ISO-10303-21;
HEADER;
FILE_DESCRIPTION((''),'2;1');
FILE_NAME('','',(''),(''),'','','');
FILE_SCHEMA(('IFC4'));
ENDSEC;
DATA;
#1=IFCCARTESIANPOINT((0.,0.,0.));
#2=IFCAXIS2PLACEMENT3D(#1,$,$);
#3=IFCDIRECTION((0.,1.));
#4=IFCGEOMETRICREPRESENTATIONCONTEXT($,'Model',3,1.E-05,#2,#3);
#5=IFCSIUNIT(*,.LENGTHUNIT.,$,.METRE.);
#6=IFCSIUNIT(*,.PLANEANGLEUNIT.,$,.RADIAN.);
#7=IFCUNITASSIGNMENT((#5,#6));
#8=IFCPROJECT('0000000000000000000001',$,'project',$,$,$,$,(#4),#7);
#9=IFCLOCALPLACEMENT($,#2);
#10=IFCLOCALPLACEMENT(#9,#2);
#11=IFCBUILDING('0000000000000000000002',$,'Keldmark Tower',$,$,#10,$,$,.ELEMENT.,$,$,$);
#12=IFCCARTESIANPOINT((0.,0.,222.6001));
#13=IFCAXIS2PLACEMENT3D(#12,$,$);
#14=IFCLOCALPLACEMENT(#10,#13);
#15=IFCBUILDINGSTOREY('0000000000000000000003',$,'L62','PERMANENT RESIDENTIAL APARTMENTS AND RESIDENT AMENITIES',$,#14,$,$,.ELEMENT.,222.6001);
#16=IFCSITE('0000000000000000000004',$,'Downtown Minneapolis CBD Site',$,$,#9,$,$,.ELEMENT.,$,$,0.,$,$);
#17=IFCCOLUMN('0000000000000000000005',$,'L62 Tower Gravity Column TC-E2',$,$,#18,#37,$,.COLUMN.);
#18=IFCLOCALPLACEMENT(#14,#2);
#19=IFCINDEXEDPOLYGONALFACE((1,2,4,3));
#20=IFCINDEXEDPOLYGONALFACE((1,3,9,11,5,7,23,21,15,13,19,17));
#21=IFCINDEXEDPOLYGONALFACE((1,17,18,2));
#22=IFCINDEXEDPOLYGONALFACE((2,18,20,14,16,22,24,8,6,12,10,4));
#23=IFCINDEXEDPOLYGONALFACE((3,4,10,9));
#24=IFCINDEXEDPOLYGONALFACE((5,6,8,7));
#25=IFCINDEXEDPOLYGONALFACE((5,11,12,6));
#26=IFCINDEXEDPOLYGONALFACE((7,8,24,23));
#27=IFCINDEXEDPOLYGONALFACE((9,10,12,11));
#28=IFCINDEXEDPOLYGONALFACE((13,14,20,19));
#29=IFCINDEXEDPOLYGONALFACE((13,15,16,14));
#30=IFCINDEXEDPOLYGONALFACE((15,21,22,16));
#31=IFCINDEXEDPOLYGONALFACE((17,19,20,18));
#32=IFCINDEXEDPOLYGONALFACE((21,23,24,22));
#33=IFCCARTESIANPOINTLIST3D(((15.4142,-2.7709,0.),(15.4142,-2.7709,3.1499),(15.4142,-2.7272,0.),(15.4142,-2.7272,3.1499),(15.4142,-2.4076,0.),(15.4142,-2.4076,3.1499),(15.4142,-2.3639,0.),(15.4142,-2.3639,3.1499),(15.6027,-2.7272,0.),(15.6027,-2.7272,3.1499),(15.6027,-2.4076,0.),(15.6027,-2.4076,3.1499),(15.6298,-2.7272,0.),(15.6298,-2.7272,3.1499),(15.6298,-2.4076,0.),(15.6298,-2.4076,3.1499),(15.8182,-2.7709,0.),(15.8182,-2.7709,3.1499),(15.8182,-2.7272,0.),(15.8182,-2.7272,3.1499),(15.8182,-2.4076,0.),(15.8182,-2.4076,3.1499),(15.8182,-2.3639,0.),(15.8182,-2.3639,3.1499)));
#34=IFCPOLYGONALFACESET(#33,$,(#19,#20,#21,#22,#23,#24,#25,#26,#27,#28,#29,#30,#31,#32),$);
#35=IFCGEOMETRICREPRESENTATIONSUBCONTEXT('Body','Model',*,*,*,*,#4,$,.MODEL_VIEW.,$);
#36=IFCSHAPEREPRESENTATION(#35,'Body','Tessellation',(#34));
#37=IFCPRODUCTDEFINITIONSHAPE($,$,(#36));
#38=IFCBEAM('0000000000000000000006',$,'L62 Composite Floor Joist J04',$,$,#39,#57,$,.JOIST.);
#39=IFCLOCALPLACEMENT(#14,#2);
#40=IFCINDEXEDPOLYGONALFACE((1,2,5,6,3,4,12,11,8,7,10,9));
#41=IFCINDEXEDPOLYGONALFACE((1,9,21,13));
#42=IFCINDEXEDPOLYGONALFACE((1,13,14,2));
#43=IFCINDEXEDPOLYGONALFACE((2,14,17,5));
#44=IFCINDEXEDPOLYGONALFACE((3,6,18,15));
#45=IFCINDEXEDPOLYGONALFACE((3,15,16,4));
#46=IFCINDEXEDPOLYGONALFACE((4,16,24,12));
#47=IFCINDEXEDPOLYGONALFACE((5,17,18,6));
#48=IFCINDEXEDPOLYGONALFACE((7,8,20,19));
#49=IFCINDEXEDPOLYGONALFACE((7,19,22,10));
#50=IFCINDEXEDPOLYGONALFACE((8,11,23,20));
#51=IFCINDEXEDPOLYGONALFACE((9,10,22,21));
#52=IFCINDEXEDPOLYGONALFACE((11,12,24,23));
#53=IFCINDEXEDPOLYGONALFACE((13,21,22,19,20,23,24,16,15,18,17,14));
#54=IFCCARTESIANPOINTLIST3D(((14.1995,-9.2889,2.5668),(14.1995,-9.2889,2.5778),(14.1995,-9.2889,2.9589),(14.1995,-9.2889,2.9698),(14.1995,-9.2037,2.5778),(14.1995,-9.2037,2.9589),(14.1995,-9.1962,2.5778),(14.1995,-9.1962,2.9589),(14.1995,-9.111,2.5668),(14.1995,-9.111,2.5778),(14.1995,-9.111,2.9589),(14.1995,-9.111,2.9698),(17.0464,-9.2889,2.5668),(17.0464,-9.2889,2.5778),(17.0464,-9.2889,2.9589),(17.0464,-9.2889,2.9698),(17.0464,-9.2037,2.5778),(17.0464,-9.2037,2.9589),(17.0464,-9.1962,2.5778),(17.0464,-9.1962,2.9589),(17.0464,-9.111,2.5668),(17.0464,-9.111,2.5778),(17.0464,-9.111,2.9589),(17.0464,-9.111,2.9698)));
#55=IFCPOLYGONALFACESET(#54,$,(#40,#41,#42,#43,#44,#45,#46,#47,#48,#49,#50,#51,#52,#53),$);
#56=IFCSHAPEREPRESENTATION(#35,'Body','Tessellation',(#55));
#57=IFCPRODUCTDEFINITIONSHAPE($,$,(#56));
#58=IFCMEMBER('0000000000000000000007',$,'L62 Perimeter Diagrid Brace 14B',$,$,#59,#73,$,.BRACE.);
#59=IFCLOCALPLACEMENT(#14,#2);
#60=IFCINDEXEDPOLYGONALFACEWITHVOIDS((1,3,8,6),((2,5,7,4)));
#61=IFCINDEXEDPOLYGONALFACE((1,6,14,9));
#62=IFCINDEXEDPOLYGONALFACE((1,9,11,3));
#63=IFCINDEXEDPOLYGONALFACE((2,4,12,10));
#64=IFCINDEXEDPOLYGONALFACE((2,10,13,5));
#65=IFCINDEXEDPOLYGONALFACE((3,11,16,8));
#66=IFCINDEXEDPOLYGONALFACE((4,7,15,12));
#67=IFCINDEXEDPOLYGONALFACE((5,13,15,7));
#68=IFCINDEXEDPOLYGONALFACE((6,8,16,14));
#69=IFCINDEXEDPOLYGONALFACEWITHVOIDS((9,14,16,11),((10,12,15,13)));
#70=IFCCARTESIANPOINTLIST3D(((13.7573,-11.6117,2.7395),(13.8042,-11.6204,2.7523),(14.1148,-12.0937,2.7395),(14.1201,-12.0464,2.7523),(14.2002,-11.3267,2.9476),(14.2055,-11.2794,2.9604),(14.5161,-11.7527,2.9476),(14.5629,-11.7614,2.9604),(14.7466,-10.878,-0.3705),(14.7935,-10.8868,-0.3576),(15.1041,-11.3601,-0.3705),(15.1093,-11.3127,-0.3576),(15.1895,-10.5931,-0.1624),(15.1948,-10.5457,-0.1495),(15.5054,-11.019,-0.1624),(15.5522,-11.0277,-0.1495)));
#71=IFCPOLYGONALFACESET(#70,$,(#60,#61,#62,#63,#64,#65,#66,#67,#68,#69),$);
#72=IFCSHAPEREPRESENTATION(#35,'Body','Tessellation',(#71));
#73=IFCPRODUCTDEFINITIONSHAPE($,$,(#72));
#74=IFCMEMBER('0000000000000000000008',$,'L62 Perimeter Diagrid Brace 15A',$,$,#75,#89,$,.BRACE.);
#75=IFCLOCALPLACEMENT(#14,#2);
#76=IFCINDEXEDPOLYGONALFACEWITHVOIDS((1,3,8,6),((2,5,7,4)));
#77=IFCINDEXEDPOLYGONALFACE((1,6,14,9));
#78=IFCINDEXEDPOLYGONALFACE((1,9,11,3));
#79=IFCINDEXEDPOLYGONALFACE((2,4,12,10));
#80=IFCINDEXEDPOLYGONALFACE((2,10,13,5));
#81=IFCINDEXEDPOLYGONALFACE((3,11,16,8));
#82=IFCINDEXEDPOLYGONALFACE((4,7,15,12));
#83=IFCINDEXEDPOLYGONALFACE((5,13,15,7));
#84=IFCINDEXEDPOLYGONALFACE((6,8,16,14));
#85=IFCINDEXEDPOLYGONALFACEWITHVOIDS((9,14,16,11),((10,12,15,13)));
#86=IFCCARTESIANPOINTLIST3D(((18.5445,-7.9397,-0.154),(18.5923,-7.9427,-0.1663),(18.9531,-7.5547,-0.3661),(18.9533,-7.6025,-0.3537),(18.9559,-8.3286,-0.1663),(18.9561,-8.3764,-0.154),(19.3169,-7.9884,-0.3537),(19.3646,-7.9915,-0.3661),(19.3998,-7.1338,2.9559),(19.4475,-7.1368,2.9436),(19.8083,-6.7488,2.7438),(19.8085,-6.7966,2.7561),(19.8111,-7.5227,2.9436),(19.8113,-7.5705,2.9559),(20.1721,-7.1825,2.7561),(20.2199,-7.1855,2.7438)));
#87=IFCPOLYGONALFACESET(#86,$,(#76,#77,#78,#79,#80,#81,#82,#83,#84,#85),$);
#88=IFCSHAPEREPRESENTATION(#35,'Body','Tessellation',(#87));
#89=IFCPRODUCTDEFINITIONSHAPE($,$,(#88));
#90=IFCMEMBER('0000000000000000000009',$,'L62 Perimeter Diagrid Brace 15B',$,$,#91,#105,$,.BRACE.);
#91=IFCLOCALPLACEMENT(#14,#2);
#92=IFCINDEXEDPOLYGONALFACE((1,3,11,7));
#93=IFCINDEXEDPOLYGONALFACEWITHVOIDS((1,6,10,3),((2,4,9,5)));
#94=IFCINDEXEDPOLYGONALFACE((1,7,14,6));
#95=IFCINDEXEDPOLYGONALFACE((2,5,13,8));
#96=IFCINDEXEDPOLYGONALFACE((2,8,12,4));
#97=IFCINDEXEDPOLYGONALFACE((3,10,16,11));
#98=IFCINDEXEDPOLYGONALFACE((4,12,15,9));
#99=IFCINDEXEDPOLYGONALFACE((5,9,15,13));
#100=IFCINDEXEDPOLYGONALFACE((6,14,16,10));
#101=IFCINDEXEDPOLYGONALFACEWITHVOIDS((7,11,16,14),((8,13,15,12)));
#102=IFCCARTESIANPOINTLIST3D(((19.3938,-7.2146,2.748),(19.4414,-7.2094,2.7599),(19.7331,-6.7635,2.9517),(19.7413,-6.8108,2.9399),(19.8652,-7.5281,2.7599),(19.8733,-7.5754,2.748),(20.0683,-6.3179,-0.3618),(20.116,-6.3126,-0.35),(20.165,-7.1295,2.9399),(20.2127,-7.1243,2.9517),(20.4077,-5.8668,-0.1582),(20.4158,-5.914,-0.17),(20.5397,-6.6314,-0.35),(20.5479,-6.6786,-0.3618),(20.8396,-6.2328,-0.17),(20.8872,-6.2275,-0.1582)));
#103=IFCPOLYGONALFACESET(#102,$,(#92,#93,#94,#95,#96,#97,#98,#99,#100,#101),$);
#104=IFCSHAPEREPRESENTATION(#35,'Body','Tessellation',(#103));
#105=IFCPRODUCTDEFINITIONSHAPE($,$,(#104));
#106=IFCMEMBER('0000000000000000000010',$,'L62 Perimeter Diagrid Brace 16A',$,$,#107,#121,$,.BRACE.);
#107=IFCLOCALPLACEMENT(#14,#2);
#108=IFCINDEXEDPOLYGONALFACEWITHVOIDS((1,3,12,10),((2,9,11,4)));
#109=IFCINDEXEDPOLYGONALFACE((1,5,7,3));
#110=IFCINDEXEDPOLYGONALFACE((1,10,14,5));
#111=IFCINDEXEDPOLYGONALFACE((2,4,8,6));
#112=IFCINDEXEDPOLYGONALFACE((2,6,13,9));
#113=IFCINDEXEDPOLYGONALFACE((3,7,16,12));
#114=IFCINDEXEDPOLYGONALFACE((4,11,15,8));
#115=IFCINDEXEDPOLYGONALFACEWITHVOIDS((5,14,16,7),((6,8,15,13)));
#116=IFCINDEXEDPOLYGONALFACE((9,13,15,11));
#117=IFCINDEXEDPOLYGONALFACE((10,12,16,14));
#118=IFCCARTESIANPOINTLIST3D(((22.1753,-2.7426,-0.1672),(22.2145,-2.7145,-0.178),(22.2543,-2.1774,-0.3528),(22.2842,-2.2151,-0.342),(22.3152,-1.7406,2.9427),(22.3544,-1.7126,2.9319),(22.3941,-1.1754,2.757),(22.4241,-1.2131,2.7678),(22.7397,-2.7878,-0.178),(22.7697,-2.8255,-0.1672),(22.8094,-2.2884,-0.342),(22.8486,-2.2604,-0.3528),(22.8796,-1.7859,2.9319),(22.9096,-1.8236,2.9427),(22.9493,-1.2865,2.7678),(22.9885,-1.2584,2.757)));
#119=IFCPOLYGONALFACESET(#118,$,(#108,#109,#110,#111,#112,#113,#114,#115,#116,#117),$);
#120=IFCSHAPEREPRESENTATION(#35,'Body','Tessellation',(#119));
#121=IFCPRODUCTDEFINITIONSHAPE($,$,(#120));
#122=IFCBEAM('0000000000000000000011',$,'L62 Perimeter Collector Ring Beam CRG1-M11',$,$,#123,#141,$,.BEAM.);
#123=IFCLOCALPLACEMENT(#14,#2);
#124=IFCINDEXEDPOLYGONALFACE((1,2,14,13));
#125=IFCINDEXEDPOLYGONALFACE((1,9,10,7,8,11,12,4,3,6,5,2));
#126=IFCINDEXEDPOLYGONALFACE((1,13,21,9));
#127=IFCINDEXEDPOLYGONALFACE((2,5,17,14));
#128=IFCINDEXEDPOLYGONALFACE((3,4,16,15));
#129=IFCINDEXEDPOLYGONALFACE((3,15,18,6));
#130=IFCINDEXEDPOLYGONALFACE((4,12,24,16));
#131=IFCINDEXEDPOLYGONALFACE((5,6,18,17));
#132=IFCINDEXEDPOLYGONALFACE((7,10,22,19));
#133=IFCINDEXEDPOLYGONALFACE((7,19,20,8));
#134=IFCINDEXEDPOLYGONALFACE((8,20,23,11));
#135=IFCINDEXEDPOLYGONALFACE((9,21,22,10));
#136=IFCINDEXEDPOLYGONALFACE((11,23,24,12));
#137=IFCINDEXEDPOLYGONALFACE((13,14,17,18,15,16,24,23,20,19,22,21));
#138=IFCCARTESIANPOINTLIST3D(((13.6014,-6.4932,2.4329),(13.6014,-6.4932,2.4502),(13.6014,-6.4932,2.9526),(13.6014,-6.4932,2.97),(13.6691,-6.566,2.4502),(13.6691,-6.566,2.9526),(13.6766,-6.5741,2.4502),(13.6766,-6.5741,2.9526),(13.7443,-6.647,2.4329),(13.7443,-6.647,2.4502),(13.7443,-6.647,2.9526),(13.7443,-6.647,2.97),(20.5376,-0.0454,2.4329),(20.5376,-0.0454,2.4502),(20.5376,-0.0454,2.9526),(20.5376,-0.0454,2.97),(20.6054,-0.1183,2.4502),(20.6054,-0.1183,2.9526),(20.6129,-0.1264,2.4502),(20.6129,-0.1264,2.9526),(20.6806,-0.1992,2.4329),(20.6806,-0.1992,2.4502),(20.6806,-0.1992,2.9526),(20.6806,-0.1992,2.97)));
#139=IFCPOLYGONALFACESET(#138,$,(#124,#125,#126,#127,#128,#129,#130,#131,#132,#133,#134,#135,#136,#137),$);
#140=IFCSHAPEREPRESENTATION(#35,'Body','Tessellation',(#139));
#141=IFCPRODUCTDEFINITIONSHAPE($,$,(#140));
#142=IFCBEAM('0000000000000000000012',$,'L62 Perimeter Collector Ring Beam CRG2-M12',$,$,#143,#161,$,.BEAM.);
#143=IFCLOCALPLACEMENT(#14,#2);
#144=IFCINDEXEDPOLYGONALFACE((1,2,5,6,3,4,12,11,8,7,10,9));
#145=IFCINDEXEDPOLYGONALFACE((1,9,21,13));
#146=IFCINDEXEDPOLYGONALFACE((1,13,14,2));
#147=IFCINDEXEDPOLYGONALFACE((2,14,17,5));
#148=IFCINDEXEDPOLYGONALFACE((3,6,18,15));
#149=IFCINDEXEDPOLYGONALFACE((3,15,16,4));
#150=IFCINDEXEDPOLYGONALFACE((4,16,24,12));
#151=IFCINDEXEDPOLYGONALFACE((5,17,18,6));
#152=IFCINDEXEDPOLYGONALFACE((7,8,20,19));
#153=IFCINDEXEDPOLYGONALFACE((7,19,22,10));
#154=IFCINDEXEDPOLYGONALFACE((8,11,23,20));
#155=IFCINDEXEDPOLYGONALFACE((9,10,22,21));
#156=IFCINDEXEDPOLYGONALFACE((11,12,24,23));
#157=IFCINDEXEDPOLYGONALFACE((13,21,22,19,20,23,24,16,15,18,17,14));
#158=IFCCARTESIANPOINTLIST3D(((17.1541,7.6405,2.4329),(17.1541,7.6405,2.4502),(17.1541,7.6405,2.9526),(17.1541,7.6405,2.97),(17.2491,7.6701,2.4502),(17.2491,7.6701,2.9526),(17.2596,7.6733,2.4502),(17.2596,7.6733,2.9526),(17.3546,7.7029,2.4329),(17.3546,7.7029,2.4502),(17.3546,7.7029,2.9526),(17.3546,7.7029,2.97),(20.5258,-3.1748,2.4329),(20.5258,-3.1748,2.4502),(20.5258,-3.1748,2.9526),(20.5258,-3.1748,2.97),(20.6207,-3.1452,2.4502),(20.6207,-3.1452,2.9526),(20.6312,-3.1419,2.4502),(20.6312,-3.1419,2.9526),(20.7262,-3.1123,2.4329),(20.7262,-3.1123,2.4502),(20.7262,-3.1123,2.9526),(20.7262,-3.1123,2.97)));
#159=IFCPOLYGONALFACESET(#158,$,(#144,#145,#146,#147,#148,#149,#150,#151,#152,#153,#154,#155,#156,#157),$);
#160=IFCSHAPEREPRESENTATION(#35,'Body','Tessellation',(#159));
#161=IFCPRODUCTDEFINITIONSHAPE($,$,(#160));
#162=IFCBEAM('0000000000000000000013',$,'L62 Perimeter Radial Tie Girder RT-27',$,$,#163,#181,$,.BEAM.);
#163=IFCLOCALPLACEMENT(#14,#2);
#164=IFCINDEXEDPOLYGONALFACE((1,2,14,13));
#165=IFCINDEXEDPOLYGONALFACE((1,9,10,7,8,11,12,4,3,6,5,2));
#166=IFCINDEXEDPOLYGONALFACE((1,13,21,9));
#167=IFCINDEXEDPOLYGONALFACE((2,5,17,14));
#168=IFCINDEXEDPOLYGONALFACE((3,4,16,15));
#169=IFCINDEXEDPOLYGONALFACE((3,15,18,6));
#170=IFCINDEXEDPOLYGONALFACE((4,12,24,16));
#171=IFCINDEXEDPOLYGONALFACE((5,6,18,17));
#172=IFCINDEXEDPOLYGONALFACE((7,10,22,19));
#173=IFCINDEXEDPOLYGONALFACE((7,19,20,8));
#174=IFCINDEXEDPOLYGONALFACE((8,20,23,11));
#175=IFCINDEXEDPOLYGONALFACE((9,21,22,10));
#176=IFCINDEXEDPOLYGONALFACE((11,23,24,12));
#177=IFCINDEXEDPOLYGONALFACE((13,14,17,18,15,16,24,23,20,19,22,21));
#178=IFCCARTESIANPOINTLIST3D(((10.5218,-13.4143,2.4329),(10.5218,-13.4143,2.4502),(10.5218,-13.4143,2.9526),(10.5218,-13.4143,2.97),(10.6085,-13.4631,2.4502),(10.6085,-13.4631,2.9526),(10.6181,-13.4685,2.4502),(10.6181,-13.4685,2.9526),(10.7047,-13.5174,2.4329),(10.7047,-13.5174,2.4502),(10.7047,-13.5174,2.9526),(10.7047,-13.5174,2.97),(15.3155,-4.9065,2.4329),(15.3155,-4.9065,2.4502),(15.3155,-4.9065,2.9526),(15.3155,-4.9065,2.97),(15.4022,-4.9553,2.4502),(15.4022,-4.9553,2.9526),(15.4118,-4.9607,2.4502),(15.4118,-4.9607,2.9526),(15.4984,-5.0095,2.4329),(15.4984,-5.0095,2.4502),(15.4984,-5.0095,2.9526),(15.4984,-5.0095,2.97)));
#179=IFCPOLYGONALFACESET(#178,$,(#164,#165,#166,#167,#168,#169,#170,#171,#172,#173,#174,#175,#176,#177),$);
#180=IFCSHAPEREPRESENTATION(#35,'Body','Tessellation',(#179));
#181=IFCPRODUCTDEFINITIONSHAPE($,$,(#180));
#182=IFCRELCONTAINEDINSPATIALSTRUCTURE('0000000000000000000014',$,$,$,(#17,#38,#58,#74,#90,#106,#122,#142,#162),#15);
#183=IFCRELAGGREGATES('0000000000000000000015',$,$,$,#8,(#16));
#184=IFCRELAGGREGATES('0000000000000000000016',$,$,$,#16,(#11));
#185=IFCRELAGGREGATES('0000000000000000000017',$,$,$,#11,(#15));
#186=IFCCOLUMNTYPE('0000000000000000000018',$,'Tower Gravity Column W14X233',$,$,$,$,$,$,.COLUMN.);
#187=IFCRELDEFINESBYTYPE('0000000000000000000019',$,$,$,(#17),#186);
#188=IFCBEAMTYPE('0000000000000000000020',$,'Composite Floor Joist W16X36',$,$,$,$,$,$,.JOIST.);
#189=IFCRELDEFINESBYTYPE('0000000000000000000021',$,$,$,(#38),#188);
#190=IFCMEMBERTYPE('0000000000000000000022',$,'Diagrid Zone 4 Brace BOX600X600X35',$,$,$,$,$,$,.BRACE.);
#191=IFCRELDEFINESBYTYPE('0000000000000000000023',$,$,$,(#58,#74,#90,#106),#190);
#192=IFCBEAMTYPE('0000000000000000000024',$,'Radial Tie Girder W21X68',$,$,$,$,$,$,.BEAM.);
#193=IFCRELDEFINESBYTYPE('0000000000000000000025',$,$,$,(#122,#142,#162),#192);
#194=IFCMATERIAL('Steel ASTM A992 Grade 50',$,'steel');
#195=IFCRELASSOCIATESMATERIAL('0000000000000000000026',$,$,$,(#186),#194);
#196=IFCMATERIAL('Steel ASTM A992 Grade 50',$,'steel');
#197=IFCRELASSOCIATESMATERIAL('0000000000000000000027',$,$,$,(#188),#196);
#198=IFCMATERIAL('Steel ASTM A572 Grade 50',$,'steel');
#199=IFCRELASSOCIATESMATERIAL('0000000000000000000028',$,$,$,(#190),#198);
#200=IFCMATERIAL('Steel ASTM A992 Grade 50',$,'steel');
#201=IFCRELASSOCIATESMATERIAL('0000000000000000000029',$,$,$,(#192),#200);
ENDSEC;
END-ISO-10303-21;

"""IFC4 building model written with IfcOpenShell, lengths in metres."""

from ifc_helpers import new_model, si_unit, direction, frame, origin, origin_2d, place, context, subcontext, project, spatial, hollow_rectangle, i_section, extrude, material, material_profile, profile_set, type_object, element, save


model = new_model("IFC4")

# Units and contexts
model_context = context("Model", 3, precision=1e-05, world=origin(), true_north=direction((0.0, 1.0)))
body_context = subcontext(model_context, "Body", "Model", "MODEL_VIEW")
ifc_project = project(units=[si_unit("LENGTHUNIT", "METRE"), si_unit("PLANEANGLEUNIT", "RADIAN")], contexts=[model_context])

# Site, building, storey
site_placement = place(None, origin())
site = spatial("IfcSite", under=ifc_project, at=site_placement, Name="Downtown Minneapolis CBD Site", CompositionType="ELEMENT", RefElevation=0.0)
building_placement = place(site_placement, origin())
building = spatial("IfcBuilding", under=site, at=building_placement, Name="Keldmark Tower", CompositionType="ELEMENT")
storey_placement = place(building_placement, frame((0.0, 0.0, 222.6001)))
storey = spatial("IfcBuildingStorey", under=building, at=storey_placement, Name="L62", Description="PERMANENT RESIDENTIAL APARTMENTS AND RESIDENT AMENITIES", CompositionType="ELEMENT", Elevation=222.6001)

# Column
ifc_material_1 = material(Name="Steel ASTM A992 Grade 50", Category="steel")
ifc_material_profile_1 = material_profile(ifc_material_1, i_section(OverallWidth=0.4041, OverallDepth=0.407, WebThickness=0.0271, FlangeThickness=0.0437, at=origin_2d()), Name="W14X233")
ifc_profile_set_1 = profile_set([ifc_material_profile_1], Name="Steel ASTM A992 Grade 50")
column_type = type_object("IfcColumnType", Name="Tower Gravity Column W14X233", PredefinedType="COLUMN", material=ifc_profile_set_1)
column_placement = place(storey_placement, frame((15.6162, -2.5674, 0.0), z_axis=(0.0, 0.0, 1.0), x_axis=(1.0, 0.0, 0.0)))
element("IfcColumn", 1, at=column_placement, inside=storey, type_object=column_type, Name="L62 Tower Gravity Column TC-E2", PredefinedType="COLUMN", context=body_context, shape_type="SweptSolid", body=[
    extrude(i_section(OverallWidth=0.4041, OverallDepth=0.407, WebThickness=0.0271, FlangeThickness=0.0437, at=origin_2d()), origin(), (0.0, 0.0, 1.0), 3.1499),
])

# Beam
ifc_material_2 = material(Name="Steel ASTM A992 Grade 50", Category="steel")
ifc_material_profile_2 = material_profile(ifc_material_2, i_section(OverallWidth=0.178, OverallDepth=0.4031, WebThickness=0.0076, FlangeThickness=0.011, at=origin_2d()), Name="W16X36")
ifc_profile_set_2 = profile_set([ifc_material_profile_2], Name="Steel ASTM A992 Grade 50")
beam_type_1 = type_object("IfcBeamType", Name="Composite Floor Joist W16X36", PredefinedType="JOIST", material=ifc_profile_set_2)
beam_1_placement = place(storey_placement, frame((14.1995, -9.2, 2.7683), z_axis=(1.0, 0.0, 0.0), x_axis=(0.0, 1.0, 0.0)))
element("IfcBeam", 2, at=beam_1_placement, inside=storey, type_object=beam_type_1, Name="L62 Composite Floor Joist J04", PredefinedType="JOIST", context=body_context, shape_type="SweptSolid", body=[
    extrude(i_section(OverallWidth=0.178, OverallDepth=0.4031, WebThickness=0.0076, FlangeThickness=0.011, at=origin_2d()), origin(), (0.0, 0.0, 1.0), 2.8469),
])

# Members
ifc_material_3 = material(Name="Steel ASTM A572 Grade 50", Category="steel")
ifc_material_profile_3 = material_profile(ifc_material_3, hollow_rectangle(XDim=0.6001, YDim=0.6001, WallThickness=0.0349, at=origin_2d()), Name="BOX600X600X35")
ifc_profile_set_3 = profile_set([ifc_material_profile_3], Name="Steel ASTM A572 Grade 50")
member_type = type_object("IfcMemberType", Name="Diagrid Zone 4 Brace BOX600X600X35", PredefinedType="BRACE", material=ifc_profile_set_3)
member_1_placement = place(storey_placement, frame((15.1494, -10.9529, -0.26), z_axis=(-0.295754, -0.219334, 0.929743), x_axis=(0.595678, -0.803223, 0.0)))
element("IfcMember", 3, at=member_1_placement, inside=storey, type_object=member_type, Name="L62 Perimeter Diagrid Brace 14B", PredefinedType="BRACE", context=body_context, shape_type="SweptSolid", body=[
    extrude(hollow_rectangle(XDim=0.6001, YDim=0.6001, WallThickness=0.0349, at=origin_2d()), origin(), (0.0, 0.0, 1.0), 3.345),
])
member_2_placement = place(storey_placement, frame((18.9546, -7.9656, -0.26), z_axis=(0.257251, 0.242417, 0.935444), x_axis=(-0.685812, 0.727779, 0.0)))
element("IfcMember", 4, at=member_2_placement, inside=storey, type_object=member_type, Name="L62 Perimeter Diagrid Brace 15A", PredefinedType="BRACE", context=body_context, shape_type="SweptSolid", body=[
    extrude(hollow_rectangle(XDim=0.6001, YDim=0.6001, WallThickness=0.0349, at=origin_2d()), origin(), (0.0, 0.0, 1.0), 3.3245),
])
member_3_placement = place(storey_placement, frame((20.4778, -6.2727, -0.26), z_axis=(-0.204034, -0.271233, 0.940639), x_axis=(0.799138, -0.601148, 0.0)))
element("IfcMember", 5, at=member_3_placement, inside=storey, type_object=member_type, Name="L62 Perimeter Diagrid Brace 15B", PredefinedType="BRACE", context=body_context, shape_type="SweptSolid", body=[
    extrude(hollow_rectangle(XDim=0.6001, YDim=0.6001, WallThickness=0.0349, at=origin_2d()), origin(), (0.0, 0.0, 1.0), 3.3062),
])
member_4_placement = place(storey_placement, frame((22.512, -2.5015, -0.26), z_axis=(0.042777, 0.306381, 0.950947), x_axis=(-0.990393, 0.138279, 0.0)))
element("IfcMember", 6, at=member_4_placement, inside=storey, type_object=member_type, Name="L62 Perimeter Diagrid Brace 16A", PredefinedType="BRACE", context=body_context, shape_type="SweptSolid", body=[
    extrude(hollow_rectangle(XDim=0.6001, YDim=0.6001, WallThickness=0.0349, at=origin_2d()), origin(), (0.0, 0.0, 1.0), 3.2703),
])

# Beams
ifc_material_4 = material(Name="Steel ASTM A992 Grade 50", Category="steel")
ifc_material_profile_4 = material_profile(ifc_material_4, i_section(OverallWidth=0.21, OverallDepth=0.5371, WebThickness=0.011, FlangeThickness=0.0173, at=origin_2d()), Name="W21X68")
ifc_profile_set_4 = profile_set([ifc_material_profile_4], Name="Steel ASTM A992 Grade 50")
beam_type_2 = type_object("IfcBeamType", Name="Radial Tie Girder W21X68", PredefinedType="BEAM", material=ifc_profile_set_4)
beam_2_placement = place(storey_placement, frame((13.6729, -6.5701, 2.7014), z_axis=(0.732429, 0.680844, 0.0), x_axis=(-0.680844, 0.732429, 0.0)))
element("IfcBeam", 7, at=beam_2_placement, inside=storey, type_object=beam_type_2, Name="L62 Perimeter Collector Ring Beam CRG1-M11", PredefinedType="BEAM", context=body_context, shape_type="SweptSolid", body=[
    extrude(i_section(OverallWidth=0.21, OverallDepth=0.5371, WebThickness=0.011, FlangeThickness=0.0173, at=origin_2d()), origin(), (0.0, 0.0, 1.0), 9.4702),
])
beam_3_placement = place(storey_placement, frame((20.626, -3.1436, 2.7014), z_axis=(-0.297618, 0.954685, 0.0), x_axis=(-0.954685, -0.297618, 0.0)))
element("IfcBeam", 8, at=beam_3_placement, inside=storey, type_object=beam_type_2, Name="L62 Perimeter Collector Ring Beam CRG2-M12", PredefinedType="BEAM", context=body_context, shape_type="SweptSolid", body=[
    extrude(i_section(OverallWidth=0.21, OverallDepth=0.5371, WebThickness=0.011, FlangeThickness=0.0173, at=origin_2d()), origin(), (0.0, 0.0, 1.0), 11.3286),
])
beam_4_placement = place(storey_placement, frame((15.407, -4.958, 2.7014), z_axis=(-0.490888, -0.871223, 0.0), x_axis=(0.871223, -0.490888, 0.0)))
element("IfcBeam", 9, at=beam_4_placement, inside=storey, type_object=beam_type_2, Name="L62 Perimeter Radial Tie Girder RT-27", PredefinedType="BEAM", context=body_context, shape_type="SweptSolid", body=[
    extrude(i_section(OverallWidth=0.21, OverallDepth=0.5371, WebThickness=0.011, FlangeThickness=0.0173, at=origin_2d()), origin(), (0.0, 0.0, 1.0), 9.7654),
])

save(model, "model.ifc")
